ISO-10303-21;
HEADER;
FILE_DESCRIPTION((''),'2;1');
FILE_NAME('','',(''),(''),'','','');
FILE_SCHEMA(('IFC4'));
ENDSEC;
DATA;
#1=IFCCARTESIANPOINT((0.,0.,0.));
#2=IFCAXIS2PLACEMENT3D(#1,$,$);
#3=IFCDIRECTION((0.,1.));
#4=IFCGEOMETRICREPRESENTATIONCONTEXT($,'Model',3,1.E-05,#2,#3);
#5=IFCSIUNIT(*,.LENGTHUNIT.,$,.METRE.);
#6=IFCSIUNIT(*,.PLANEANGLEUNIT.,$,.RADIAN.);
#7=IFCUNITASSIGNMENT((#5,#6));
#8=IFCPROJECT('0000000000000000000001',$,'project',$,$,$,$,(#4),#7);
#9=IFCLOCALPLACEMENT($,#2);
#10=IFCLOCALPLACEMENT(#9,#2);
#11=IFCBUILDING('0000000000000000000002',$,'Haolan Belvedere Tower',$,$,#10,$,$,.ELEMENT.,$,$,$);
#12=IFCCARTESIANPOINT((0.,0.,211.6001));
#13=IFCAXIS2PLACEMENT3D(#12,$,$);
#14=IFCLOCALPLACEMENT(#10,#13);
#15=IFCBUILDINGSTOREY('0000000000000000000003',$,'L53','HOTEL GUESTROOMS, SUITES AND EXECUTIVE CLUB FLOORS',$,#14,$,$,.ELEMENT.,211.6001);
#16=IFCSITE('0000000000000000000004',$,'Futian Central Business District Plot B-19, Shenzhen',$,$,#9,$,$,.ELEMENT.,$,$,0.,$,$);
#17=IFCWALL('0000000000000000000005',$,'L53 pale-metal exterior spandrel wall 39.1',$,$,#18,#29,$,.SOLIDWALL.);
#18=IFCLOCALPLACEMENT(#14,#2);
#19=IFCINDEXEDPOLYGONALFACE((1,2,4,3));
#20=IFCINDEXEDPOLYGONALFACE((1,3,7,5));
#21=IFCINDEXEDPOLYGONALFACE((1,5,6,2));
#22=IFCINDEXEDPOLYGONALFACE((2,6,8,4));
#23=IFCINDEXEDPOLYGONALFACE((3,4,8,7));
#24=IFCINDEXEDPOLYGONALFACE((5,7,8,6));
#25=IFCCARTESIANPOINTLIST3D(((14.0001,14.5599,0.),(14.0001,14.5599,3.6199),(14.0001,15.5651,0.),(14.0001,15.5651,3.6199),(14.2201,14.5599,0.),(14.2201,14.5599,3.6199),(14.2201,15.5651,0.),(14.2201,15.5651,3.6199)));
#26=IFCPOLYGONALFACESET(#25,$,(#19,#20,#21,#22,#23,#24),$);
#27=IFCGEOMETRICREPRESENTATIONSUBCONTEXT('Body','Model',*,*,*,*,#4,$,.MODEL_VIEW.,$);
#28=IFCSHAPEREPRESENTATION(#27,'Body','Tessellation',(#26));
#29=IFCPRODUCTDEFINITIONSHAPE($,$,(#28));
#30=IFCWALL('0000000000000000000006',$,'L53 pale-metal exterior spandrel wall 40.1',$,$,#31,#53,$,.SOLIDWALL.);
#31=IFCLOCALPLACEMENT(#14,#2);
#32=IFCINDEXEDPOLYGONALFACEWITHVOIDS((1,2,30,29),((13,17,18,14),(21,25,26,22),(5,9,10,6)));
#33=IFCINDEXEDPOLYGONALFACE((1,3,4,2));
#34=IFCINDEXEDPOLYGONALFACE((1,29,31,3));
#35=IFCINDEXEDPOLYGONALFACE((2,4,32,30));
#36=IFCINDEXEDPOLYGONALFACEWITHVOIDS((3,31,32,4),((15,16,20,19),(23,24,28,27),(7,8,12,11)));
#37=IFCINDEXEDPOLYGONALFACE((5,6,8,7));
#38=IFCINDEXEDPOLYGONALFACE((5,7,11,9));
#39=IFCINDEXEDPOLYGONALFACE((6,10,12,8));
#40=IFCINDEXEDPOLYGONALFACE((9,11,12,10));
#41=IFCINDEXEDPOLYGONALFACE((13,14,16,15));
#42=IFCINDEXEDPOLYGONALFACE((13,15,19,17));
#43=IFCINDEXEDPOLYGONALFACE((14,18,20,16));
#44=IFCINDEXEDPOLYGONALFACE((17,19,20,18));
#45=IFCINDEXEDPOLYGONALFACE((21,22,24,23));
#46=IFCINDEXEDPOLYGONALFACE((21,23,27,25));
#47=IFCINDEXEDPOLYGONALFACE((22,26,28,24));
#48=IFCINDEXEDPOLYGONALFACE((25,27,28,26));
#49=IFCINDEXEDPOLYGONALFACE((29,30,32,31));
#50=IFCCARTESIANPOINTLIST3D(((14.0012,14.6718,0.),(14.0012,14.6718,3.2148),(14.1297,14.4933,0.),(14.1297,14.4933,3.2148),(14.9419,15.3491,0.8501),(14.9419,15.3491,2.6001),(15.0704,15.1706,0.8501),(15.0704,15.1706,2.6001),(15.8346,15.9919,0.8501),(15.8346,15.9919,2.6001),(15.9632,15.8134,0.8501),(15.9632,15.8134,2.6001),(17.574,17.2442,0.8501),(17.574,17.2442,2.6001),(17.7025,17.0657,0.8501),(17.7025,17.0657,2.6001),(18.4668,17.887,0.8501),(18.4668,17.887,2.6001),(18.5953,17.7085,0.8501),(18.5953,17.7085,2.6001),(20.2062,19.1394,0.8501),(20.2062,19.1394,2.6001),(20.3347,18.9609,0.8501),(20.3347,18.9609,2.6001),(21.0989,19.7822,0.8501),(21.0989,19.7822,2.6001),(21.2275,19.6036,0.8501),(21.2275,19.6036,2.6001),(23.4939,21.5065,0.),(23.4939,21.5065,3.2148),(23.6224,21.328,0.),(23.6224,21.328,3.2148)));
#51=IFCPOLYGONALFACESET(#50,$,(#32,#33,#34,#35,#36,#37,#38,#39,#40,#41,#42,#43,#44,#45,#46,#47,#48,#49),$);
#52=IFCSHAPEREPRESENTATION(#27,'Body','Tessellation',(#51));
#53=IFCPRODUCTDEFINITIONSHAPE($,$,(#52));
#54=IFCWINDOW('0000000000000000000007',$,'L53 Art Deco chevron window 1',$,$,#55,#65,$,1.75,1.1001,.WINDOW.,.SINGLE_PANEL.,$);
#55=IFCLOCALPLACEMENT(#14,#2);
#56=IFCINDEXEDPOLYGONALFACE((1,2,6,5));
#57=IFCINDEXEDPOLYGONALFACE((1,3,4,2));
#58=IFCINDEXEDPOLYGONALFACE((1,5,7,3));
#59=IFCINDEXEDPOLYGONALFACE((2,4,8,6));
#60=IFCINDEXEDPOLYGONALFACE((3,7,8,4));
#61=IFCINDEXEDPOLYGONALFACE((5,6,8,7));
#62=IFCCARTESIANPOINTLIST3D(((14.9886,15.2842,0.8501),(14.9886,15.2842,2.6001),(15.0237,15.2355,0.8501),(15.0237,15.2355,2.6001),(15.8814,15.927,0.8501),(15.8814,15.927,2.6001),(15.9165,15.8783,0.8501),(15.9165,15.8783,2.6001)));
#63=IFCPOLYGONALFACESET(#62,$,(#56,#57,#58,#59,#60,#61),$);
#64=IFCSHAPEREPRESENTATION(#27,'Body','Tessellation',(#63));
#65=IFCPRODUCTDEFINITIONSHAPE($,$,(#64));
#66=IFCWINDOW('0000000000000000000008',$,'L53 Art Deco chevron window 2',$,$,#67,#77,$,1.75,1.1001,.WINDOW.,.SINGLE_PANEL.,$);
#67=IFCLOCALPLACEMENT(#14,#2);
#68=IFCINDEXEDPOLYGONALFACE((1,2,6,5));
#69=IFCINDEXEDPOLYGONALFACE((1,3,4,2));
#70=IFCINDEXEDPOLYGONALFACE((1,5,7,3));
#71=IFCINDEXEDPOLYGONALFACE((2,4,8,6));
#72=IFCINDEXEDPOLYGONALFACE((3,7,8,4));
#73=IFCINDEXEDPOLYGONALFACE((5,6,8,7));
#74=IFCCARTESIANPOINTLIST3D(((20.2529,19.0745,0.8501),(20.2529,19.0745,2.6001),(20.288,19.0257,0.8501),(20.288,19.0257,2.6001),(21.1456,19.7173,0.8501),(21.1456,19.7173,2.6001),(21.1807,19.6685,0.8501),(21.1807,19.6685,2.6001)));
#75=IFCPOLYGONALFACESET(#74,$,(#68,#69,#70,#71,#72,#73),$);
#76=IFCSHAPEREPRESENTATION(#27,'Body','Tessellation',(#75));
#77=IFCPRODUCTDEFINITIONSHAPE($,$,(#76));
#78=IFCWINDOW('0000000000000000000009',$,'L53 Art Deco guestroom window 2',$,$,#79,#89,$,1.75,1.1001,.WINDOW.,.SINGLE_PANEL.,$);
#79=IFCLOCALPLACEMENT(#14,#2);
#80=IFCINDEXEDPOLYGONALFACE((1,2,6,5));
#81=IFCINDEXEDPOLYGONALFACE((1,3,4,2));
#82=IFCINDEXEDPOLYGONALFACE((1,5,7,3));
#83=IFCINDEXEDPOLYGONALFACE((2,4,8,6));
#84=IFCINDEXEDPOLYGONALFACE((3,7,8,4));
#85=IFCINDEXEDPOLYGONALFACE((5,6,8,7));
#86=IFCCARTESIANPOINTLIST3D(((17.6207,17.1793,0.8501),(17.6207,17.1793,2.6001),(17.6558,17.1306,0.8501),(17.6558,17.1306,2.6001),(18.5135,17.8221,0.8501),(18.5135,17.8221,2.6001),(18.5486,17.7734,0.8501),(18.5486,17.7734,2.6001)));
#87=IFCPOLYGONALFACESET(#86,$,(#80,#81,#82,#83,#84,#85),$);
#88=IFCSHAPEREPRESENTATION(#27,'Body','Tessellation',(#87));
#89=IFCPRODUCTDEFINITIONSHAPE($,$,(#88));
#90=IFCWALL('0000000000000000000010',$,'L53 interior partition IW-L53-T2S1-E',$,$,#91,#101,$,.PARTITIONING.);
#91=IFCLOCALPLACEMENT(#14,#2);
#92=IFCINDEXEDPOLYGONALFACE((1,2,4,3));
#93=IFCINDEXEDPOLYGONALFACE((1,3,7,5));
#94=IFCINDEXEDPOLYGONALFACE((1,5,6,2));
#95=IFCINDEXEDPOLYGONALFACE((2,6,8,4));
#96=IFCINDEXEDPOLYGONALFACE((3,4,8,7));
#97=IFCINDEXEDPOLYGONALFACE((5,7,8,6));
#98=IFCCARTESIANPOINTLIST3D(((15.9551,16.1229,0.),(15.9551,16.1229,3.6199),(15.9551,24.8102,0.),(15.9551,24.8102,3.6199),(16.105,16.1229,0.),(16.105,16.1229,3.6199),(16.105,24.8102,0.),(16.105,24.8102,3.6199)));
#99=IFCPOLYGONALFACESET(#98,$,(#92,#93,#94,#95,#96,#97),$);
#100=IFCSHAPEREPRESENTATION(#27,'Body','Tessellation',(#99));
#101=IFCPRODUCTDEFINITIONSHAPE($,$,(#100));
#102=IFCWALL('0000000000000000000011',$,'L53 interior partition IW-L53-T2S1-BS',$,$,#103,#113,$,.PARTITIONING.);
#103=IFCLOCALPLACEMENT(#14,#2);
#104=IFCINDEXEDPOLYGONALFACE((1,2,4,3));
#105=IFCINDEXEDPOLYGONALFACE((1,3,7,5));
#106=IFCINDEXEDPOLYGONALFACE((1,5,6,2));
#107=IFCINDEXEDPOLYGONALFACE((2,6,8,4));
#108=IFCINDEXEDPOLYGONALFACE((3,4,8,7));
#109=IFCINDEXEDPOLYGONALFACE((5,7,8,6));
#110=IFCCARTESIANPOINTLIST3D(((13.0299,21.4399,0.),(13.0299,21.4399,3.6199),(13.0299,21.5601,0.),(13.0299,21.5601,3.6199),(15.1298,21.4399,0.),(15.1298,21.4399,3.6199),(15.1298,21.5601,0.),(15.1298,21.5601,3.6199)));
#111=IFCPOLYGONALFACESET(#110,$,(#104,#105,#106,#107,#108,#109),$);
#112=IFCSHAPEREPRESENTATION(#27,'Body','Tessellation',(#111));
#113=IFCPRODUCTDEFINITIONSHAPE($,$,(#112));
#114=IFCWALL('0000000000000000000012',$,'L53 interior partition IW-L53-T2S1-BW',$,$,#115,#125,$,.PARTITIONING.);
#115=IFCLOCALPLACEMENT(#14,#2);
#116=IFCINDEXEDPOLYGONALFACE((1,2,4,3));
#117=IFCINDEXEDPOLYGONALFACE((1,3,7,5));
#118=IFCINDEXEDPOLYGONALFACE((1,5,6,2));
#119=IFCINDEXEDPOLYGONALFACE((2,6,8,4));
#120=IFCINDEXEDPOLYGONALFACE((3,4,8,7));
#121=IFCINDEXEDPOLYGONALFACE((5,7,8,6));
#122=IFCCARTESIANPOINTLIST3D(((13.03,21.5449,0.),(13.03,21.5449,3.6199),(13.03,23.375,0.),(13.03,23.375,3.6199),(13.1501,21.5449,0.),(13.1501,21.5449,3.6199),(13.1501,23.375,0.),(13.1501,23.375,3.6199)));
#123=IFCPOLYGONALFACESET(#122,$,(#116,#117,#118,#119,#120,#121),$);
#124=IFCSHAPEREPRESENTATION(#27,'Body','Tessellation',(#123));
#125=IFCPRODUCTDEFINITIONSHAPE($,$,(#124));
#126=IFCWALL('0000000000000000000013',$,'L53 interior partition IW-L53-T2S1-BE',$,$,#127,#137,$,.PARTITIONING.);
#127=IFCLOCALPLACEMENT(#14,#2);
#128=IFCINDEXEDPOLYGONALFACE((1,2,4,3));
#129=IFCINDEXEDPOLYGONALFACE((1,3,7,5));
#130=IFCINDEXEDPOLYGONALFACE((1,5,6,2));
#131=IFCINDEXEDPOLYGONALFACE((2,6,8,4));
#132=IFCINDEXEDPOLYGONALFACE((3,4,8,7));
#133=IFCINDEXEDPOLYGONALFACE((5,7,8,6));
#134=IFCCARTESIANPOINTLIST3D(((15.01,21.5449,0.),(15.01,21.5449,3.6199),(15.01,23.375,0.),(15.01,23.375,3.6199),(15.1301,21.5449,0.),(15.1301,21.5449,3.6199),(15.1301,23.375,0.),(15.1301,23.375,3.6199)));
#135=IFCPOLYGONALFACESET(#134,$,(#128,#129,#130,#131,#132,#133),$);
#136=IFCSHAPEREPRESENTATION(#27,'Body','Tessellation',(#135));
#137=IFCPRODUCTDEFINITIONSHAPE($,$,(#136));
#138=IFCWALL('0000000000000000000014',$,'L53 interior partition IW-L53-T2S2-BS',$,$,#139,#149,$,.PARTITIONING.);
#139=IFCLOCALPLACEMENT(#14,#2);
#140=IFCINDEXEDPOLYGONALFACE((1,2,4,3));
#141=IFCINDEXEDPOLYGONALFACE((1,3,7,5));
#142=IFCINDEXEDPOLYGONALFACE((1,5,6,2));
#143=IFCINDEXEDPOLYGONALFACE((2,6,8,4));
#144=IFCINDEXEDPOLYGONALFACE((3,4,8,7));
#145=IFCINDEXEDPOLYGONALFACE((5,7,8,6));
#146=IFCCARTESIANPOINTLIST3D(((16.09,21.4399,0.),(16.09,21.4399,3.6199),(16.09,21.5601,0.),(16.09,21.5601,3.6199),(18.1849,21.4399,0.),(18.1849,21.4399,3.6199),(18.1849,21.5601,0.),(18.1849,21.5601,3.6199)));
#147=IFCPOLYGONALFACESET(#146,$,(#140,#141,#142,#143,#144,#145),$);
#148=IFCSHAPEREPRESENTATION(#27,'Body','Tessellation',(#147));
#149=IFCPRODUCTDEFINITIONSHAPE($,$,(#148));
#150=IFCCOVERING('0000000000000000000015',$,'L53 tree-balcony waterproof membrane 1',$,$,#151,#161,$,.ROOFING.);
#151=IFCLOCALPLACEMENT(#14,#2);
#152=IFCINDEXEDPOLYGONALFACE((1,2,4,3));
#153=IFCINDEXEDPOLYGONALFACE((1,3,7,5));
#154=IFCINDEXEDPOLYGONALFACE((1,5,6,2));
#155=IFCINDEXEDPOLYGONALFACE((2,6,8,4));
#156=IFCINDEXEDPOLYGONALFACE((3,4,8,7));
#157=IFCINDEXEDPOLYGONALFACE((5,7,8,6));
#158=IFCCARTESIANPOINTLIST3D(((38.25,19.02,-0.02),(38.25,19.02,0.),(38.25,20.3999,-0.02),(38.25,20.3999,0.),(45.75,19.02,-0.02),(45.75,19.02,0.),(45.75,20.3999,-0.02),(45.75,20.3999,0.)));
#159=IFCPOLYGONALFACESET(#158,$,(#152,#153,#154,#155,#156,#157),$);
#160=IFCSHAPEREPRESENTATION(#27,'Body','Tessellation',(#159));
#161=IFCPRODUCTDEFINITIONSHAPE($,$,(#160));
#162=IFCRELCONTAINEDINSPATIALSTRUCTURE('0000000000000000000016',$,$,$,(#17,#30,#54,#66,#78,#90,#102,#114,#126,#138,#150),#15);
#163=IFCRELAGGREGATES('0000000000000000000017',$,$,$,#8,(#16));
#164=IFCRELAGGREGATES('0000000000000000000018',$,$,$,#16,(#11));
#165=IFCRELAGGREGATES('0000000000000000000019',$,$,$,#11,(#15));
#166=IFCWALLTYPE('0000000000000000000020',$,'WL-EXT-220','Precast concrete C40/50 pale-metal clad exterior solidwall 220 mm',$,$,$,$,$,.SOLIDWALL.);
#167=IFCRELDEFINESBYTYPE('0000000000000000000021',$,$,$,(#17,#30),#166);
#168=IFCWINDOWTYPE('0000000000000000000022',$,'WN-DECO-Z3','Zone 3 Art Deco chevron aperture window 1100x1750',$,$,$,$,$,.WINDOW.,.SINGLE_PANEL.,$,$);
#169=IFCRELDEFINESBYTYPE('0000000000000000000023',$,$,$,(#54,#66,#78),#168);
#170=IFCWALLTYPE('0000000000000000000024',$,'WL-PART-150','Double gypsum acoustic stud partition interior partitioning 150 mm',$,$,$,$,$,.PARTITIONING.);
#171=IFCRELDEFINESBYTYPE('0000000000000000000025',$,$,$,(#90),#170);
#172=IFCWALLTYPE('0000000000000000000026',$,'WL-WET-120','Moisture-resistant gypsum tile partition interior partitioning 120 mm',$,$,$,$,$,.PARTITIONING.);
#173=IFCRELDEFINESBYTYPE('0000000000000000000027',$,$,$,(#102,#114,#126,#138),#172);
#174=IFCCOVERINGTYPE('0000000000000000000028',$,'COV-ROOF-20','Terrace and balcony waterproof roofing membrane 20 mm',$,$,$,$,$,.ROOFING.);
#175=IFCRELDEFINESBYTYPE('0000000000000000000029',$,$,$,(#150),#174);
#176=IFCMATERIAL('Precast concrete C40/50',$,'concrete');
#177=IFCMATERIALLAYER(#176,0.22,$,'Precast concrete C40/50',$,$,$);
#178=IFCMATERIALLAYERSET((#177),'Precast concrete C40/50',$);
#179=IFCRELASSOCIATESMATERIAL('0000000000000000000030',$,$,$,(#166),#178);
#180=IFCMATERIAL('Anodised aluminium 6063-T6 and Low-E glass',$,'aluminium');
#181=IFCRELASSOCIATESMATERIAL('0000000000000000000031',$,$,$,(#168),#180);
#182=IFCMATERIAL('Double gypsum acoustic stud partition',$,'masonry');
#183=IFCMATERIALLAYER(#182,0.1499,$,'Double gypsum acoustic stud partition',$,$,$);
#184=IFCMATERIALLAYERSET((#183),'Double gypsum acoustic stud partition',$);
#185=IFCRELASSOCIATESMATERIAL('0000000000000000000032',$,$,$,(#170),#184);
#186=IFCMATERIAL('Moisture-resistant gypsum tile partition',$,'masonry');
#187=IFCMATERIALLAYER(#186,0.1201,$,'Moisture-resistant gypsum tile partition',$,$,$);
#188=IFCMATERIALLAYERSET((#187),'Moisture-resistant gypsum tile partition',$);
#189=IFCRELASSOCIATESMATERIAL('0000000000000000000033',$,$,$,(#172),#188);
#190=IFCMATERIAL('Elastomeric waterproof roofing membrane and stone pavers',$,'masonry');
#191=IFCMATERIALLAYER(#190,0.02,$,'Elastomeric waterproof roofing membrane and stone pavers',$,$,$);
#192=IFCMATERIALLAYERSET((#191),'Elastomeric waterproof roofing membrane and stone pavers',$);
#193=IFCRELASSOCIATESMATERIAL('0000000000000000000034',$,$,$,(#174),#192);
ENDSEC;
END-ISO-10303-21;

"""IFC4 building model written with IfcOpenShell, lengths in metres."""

from ifc_helpers import new_model, si_unit, direction, frame, frame_2d, origin, place, context, subcontext, project, spatial, polyline, rectangle, outline, extrude, material, layer, layer_set, type_object, element, fill, save


model = new_model("IFC4")

# Units and contexts
model_context = context("Model", 3, precision=1e-05, world=origin(), true_north=direction((0.0, 1.0)))
body_context = subcontext(model_context, "Body", "Model", "MODEL_VIEW")
ifc_project = project(units=[si_unit("LENGTHUNIT", "METRE"), si_unit("PLANEANGLEUNIT", "RADIAN")], contexts=[model_context])

# Site, building, storey
site_placement = place(None, origin())
site = spatial("IfcSite", under=ifc_project, at=site_placement, Name="Futian Central Business District Plot B-19, Shenzhen", CompositionType="ELEMENT", RefElevation=0.0)
building_placement = place(site_placement, origin())
building = spatial("IfcBuilding", under=site, at=building_placement, Name="Haolan Belvedere Tower", CompositionType="ELEMENT")
storey_placement = place(building_placement, frame((0.0, 0.0, 211.6001)))
storey = spatial("IfcBuildingStorey", under=building, at=storey_placement, Name="L53", Description="HOTEL GUESTROOMS, SUITES AND EXECUTIVE CLUB FLOORS", CompositionType="ELEMENT", Elevation=211.6001)

# Wall
ifc_material_1 = material(Name="Precast concrete C40/50", Category="concrete")
ifc_layer_1 = layer(ifc_material_1, 0.22, Name="Precast concrete C40/50")
ifc_layer_set_1 = layer_set([ifc_layer_1], Name="Precast concrete C40/50")
wall_type_1 = type_object("IfcWallType", Name="WL-EXT-220", Description="Precast concrete C40/50 pale-metal clad exterior solidwall 220 mm", PredefinedType="SOLIDWALL", material=ifc_layer_set_1)
wall_1_placement = place(storey_placement, frame((14.1101, 15.5649, 0.0), z_axis=(0.0, 0.0, 1.0), x_axis=(0.0, -1.0, 0.0)))
element("IfcWall", 1, at=wall_1_placement, inside=storey, type_object=wall_type_1, Name="L53 pale-metal exterior spandrel wall 39.1", PredefinedType="SOLIDWALL", context=body_context, shape_type="SweptSolid", body=[
    extrude(rectangle(XDim=1.0051, YDim=0.22, at=frame_2d((0.5024, 0.0))), origin(), (0.0, 0.0, 1.0), 3.6199),
])

# Wall, openings, windows
wall_2_placement = place(storey_placement, frame((14.0654, 14.5825, 0.0), z_axis=(0.0, 0.0, 1.0), x_axis=(0.811535, 0.584304, 0.0)))
wall_2 = element("IfcWall", 2, at=wall_2_placement, inside=storey, type_object=wall_type_1, Name="L53 pale-metal exterior spandrel wall 40.1", PredefinedType="SOLIDWALL", context=body_context, shape_type="SweptSolid", body=[
    extrude(rectangle(XDim=11.6973, YDim=0.22, at=frame_2d((5.8486, 0.0))), origin(), (0.0, 0.0, 1.0), 3.2148),
])
opening_1_placement = place(wall_2_placement, frame((1.1592, 0.0, 0.8501)))
opening_1 = element("IfcOpeningElement", 3, at=opening_1_placement, cuts=wall_2, PredefinedType="OPENING", context=body_context, shape_type="SweptSolid", body=[
    extrude(rectangle(XDim=1.1001, YDim=1.75, at=frame_2d((0.55, 0.875))), frame((0.0, 0.1199, 0.0), z_axis=(0.0, -1.0, 0.0), x_axis=(1.0, 0.0, 0.0)), (0.0, 0.0, 1.0), 0.24),
])
opening_2_placement = place(wall_2_placement, frame((7.646, 0.0, 0.8501)))
opening_2 = element("IfcOpeningElement", 4, at=opening_2_placement, cuts=wall_2, PredefinedType="OPENING", context=body_context, shape_type="SweptSolid", body=[
    extrude(rectangle(XDim=1.1001, YDim=1.75, at=frame_2d((0.55, 0.875))), frame((0.0, 0.1199, 0.0), z_axis=(0.0, -1.0, 0.0), x_axis=(1.0, 0.0, 0.0)), (0.0, 0.0, 1.0), 0.24),
])
opening_3_placement = place(wall_2_placement, frame((4.4026, 0.0, 0.8501)))
opening_3 = element("IfcOpeningElement", 5, at=opening_3_placement, cuts=wall_2, PredefinedType="OPENING", context=body_context, shape_type="SweptSolid", body=[
    extrude(rectangle(XDim=1.1001, YDim=1.75, at=frame_2d((0.55, 0.875))), frame((0.0, 0.1199, 0.0), z_axis=(0.0, -1.0, 0.0), x_axis=(1.0, 0.0, 0.0)), (0.0, 0.0, 1.0), 0.24),
])
ifc_material_2 = material(Name="Anodised aluminium 6063-T6 and Low-E glass", Category="aluminium")
window_type = type_object("IfcWindowType", Name="WN-DECO-Z3", Description="Zone 3 Art Deco chevron aperture window 1100x1750", PartitioningType="SINGLE_PANEL", PredefinedType="WINDOW", material=ifc_material_2)
window_1_placement = place(opening_1_placement, origin())
window_1 = element("IfcWindow", 6, at=window_1_placement, inside=storey, type_object=window_type, Name="L53 Art Deco chevron window 1", OverallHeight=1.75, OverallWidth=1.1001, PartitioningType="SINGLE_PANEL", PredefinedType="WINDOW", context=body_context, shape_type="SweptSolid", body=[
    extrude(rectangle(XDim=1.1001, YDim=1.75, at=frame_2d((0.55, 0.875))), frame((0.0, 0.03, 0.0), z_axis=(0.0, -1.0, 0.0), x_axis=(1.0, 0.0, 0.0)), (0.0, 0.0, 1.0), 0.0601),
])
fill(opening_1, window_1)
window_2_placement = place(opening_2_placement, origin())
window_2 = element("IfcWindow", 7, at=window_2_placement, inside=storey, type_object=window_type, Name="L53 Art Deco chevron window 2", OverallHeight=1.75, OverallWidth=1.1001, PartitioningType="SINGLE_PANEL", PredefinedType="WINDOW", context=body_context, shape_type="SweptSolid", body=[
    extrude(rectangle(XDim=1.1001, YDim=1.75, at=frame_2d((0.55, 0.875))), frame((0.0, 0.03, 0.0), z_axis=(0.0, -1.0, 0.0), x_axis=(1.0, 0.0, 0.0)), (0.0, 0.0, 1.0), 0.0601),
])
fill(opening_2, window_2)
window_3_placement = place(opening_3_placement, origin())
window_3 = element("IfcWindow", 8, at=window_3_placement, inside=storey, type_object=window_type, Name="L53 Art Deco guestroom window 2", OverallHeight=1.75, OverallWidth=1.1001, PartitioningType="SINGLE_PANEL", PredefinedType="WINDOW", context=body_context, shape_type="SweptSolid", body=[
    extrude(rectangle(XDim=1.1001, YDim=1.75, at=frame_2d((0.55, 0.875))), frame((0.0, 0.03, 0.0), z_axis=(0.0, -1.0, 0.0), x_axis=(1.0, 0.0, 0.0)), (0.0, 0.0, 1.0), 0.0601),
])
fill(opening_3, window_3)

# Walls
ifc_material_3 = material(Name="Double gypsum acoustic stud partition", Category="masonry")
ifc_layer_2 = layer(ifc_material_3, 0.1499, Name="Double gypsum acoustic stud partition")
ifc_layer_set_2 = layer_set([ifc_layer_2], Name="Double gypsum acoustic stud partition")
wall_type_2 = type_object("IfcWallType", Name="WL-PART-150", Description="Double gypsum acoustic stud partition interior partitioning 150 mm", PredefinedType="PARTITIONING", material=ifc_layer_set_2)
wall_3_placement = place(storey_placement, frame((16.03, 16.1228, 0.0), z_axis=(0.0, 0.0, 1.0), x_axis=(0.0, 1.0, 0.0)))
element("IfcWall", 9, at=wall_3_placement, inside=storey, type_object=wall_type_2, Name="L53 interior partition IW-L53-T2S1-E", PredefinedType="PARTITIONING", context=body_context, shape_type="SweptSolid", body=[
    extrude(rectangle(XDim=8.6873, YDim=0.1499, at=frame_2d((4.3438, 0.0))), origin(), (0.0, 0.0, 1.0), 3.6199),
])
ifc_material_4 = material(Name="Moisture-resistant gypsum tile partition", Category="masonry")
ifc_layer_3 = layer(ifc_material_4, 0.1201, Name="Moisture-resistant gypsum tile partition")
ifc_layer_set_3 = layer_set([ifc_layer_3], Name="Moisture-resistant gypsum tile partition")
wall_type_3 = type_object("IfcWallType", Name="WL-WET-120", Description="Moisture-resistant gypsum tile partition interior partitioning 120 mm", PredefinedType="PARTITIONING", material=ifc_layer_set_3)
wall_4_placement = place(storey_placement, frame((13.03, 21.5, 0.0), z_axis=(0.0, 0.0, 1.0), x_axis=(1.0, 0.0, 0.0)))
element("IfcWall", 10, at=wall_4_placement, inside=storey, type_object=wall_type_3, Name="L53 interior partition IW-L53-T2S1-BS", PredefinedType="PARTITIONING", context=body_context, shape_type="SweptSolid", body=[
    extrude(rectangle(XDim=2.0999, YDim=0.1201, at=frame_2d((1.0498, 0.0))), origin(), (0.0, 0.0, 1.0), 3.6199),
])
for number, where, z_axis, x_axis, name in (
    (11, (13.0901, 21.5449, 0.0), (0.0, 0.0, 1.0), (0.0, 1.0, 0.0), "L53 interior partition IW-L53-T2S1-BW"),
    (12, (15.0701, 21.5449, 0.0), (0.0, 0.0, 1.0), (0.0, 1.0, 0.0), "L53 interior partition IW-L53-T2S1-BE"),
):
    element("IfcWall", number, at=place(storey_placement, frame(where, z_axis=z_axis, x_axis=x_axis)), inside=storey, type_object=wall_type_3, Name=name, PredefinedType="PARTITIONING", context=body_context, shape_type="SweptSolid", body=[
        extrude(rectangle(XDim=1.8301, YDim=0.1201, at=frame_2d((0.915, 0.0))), origin(), (0.0, 0.0, 1.0), 3.6199),
    ])
wall_5_placement = place(storey_placement, frame((16.0901, 21.5, 0.0), z_axis=(0.0, 0.0, 1.0), x_axis=(1.0, 0.0, 0.0)))
element("IfcWall", 13, at=wall_5_placement, inside=storey, type_object=wall_type_3, Name="L53 interior partition IW-L53-T2S2-BS", PredefinedType="PARTITIONING", context=body_context, shape_type="SweptSolid", body=[
    extrude(rectangle(XDim=2.095, YDim=0.1201, at=frame_2d((1.0474, 0.0))), origin(), (0.0, 0.0, 1.0), 3.6199),
])

# Covering
ifc_material_5 = material(Name="Elastomeric waterproof roofing membrane and stone pavers", Category="masonry")
ifc_layer_4 = layer(ifc_material_5, 0.02, Name="Elastomeric waterproof roofing membrane and stone pavers")
ifc_layer_set_4 = layer_set([ifc_layer_4], Name="Elastomeric waterproof roofing membrane and stone pavers")
covering_type = type_object("IfcCoveringType", Name="COV-ROOF-20", Description="Terrace and balcony waterproof roofing membrane 20 mm", PredefinedType="ROOFING", material=ifc_layer_set_4)
covering_placement = place(storey_placement, frame((0.0, 0.0, -0.02)))
element("IfcCovering", 14, at=covering_placement, inside=storey, type_object=covering_type, Name="L53 tree-balcony waterproof membrane 1", PredefinedType="ROOFING", context=body_context, shape_type="SweptSolid", body=[
    extrude(outline(polyline([(38.25, 19.02), (45.75, 19.02), (45.75, 20.3999), (38.25, 20.3999), (38.25, 19.02)])), origin(), (0.0, 0.0, 1.0), 0.02),
])

save(model, "model.ifc")
